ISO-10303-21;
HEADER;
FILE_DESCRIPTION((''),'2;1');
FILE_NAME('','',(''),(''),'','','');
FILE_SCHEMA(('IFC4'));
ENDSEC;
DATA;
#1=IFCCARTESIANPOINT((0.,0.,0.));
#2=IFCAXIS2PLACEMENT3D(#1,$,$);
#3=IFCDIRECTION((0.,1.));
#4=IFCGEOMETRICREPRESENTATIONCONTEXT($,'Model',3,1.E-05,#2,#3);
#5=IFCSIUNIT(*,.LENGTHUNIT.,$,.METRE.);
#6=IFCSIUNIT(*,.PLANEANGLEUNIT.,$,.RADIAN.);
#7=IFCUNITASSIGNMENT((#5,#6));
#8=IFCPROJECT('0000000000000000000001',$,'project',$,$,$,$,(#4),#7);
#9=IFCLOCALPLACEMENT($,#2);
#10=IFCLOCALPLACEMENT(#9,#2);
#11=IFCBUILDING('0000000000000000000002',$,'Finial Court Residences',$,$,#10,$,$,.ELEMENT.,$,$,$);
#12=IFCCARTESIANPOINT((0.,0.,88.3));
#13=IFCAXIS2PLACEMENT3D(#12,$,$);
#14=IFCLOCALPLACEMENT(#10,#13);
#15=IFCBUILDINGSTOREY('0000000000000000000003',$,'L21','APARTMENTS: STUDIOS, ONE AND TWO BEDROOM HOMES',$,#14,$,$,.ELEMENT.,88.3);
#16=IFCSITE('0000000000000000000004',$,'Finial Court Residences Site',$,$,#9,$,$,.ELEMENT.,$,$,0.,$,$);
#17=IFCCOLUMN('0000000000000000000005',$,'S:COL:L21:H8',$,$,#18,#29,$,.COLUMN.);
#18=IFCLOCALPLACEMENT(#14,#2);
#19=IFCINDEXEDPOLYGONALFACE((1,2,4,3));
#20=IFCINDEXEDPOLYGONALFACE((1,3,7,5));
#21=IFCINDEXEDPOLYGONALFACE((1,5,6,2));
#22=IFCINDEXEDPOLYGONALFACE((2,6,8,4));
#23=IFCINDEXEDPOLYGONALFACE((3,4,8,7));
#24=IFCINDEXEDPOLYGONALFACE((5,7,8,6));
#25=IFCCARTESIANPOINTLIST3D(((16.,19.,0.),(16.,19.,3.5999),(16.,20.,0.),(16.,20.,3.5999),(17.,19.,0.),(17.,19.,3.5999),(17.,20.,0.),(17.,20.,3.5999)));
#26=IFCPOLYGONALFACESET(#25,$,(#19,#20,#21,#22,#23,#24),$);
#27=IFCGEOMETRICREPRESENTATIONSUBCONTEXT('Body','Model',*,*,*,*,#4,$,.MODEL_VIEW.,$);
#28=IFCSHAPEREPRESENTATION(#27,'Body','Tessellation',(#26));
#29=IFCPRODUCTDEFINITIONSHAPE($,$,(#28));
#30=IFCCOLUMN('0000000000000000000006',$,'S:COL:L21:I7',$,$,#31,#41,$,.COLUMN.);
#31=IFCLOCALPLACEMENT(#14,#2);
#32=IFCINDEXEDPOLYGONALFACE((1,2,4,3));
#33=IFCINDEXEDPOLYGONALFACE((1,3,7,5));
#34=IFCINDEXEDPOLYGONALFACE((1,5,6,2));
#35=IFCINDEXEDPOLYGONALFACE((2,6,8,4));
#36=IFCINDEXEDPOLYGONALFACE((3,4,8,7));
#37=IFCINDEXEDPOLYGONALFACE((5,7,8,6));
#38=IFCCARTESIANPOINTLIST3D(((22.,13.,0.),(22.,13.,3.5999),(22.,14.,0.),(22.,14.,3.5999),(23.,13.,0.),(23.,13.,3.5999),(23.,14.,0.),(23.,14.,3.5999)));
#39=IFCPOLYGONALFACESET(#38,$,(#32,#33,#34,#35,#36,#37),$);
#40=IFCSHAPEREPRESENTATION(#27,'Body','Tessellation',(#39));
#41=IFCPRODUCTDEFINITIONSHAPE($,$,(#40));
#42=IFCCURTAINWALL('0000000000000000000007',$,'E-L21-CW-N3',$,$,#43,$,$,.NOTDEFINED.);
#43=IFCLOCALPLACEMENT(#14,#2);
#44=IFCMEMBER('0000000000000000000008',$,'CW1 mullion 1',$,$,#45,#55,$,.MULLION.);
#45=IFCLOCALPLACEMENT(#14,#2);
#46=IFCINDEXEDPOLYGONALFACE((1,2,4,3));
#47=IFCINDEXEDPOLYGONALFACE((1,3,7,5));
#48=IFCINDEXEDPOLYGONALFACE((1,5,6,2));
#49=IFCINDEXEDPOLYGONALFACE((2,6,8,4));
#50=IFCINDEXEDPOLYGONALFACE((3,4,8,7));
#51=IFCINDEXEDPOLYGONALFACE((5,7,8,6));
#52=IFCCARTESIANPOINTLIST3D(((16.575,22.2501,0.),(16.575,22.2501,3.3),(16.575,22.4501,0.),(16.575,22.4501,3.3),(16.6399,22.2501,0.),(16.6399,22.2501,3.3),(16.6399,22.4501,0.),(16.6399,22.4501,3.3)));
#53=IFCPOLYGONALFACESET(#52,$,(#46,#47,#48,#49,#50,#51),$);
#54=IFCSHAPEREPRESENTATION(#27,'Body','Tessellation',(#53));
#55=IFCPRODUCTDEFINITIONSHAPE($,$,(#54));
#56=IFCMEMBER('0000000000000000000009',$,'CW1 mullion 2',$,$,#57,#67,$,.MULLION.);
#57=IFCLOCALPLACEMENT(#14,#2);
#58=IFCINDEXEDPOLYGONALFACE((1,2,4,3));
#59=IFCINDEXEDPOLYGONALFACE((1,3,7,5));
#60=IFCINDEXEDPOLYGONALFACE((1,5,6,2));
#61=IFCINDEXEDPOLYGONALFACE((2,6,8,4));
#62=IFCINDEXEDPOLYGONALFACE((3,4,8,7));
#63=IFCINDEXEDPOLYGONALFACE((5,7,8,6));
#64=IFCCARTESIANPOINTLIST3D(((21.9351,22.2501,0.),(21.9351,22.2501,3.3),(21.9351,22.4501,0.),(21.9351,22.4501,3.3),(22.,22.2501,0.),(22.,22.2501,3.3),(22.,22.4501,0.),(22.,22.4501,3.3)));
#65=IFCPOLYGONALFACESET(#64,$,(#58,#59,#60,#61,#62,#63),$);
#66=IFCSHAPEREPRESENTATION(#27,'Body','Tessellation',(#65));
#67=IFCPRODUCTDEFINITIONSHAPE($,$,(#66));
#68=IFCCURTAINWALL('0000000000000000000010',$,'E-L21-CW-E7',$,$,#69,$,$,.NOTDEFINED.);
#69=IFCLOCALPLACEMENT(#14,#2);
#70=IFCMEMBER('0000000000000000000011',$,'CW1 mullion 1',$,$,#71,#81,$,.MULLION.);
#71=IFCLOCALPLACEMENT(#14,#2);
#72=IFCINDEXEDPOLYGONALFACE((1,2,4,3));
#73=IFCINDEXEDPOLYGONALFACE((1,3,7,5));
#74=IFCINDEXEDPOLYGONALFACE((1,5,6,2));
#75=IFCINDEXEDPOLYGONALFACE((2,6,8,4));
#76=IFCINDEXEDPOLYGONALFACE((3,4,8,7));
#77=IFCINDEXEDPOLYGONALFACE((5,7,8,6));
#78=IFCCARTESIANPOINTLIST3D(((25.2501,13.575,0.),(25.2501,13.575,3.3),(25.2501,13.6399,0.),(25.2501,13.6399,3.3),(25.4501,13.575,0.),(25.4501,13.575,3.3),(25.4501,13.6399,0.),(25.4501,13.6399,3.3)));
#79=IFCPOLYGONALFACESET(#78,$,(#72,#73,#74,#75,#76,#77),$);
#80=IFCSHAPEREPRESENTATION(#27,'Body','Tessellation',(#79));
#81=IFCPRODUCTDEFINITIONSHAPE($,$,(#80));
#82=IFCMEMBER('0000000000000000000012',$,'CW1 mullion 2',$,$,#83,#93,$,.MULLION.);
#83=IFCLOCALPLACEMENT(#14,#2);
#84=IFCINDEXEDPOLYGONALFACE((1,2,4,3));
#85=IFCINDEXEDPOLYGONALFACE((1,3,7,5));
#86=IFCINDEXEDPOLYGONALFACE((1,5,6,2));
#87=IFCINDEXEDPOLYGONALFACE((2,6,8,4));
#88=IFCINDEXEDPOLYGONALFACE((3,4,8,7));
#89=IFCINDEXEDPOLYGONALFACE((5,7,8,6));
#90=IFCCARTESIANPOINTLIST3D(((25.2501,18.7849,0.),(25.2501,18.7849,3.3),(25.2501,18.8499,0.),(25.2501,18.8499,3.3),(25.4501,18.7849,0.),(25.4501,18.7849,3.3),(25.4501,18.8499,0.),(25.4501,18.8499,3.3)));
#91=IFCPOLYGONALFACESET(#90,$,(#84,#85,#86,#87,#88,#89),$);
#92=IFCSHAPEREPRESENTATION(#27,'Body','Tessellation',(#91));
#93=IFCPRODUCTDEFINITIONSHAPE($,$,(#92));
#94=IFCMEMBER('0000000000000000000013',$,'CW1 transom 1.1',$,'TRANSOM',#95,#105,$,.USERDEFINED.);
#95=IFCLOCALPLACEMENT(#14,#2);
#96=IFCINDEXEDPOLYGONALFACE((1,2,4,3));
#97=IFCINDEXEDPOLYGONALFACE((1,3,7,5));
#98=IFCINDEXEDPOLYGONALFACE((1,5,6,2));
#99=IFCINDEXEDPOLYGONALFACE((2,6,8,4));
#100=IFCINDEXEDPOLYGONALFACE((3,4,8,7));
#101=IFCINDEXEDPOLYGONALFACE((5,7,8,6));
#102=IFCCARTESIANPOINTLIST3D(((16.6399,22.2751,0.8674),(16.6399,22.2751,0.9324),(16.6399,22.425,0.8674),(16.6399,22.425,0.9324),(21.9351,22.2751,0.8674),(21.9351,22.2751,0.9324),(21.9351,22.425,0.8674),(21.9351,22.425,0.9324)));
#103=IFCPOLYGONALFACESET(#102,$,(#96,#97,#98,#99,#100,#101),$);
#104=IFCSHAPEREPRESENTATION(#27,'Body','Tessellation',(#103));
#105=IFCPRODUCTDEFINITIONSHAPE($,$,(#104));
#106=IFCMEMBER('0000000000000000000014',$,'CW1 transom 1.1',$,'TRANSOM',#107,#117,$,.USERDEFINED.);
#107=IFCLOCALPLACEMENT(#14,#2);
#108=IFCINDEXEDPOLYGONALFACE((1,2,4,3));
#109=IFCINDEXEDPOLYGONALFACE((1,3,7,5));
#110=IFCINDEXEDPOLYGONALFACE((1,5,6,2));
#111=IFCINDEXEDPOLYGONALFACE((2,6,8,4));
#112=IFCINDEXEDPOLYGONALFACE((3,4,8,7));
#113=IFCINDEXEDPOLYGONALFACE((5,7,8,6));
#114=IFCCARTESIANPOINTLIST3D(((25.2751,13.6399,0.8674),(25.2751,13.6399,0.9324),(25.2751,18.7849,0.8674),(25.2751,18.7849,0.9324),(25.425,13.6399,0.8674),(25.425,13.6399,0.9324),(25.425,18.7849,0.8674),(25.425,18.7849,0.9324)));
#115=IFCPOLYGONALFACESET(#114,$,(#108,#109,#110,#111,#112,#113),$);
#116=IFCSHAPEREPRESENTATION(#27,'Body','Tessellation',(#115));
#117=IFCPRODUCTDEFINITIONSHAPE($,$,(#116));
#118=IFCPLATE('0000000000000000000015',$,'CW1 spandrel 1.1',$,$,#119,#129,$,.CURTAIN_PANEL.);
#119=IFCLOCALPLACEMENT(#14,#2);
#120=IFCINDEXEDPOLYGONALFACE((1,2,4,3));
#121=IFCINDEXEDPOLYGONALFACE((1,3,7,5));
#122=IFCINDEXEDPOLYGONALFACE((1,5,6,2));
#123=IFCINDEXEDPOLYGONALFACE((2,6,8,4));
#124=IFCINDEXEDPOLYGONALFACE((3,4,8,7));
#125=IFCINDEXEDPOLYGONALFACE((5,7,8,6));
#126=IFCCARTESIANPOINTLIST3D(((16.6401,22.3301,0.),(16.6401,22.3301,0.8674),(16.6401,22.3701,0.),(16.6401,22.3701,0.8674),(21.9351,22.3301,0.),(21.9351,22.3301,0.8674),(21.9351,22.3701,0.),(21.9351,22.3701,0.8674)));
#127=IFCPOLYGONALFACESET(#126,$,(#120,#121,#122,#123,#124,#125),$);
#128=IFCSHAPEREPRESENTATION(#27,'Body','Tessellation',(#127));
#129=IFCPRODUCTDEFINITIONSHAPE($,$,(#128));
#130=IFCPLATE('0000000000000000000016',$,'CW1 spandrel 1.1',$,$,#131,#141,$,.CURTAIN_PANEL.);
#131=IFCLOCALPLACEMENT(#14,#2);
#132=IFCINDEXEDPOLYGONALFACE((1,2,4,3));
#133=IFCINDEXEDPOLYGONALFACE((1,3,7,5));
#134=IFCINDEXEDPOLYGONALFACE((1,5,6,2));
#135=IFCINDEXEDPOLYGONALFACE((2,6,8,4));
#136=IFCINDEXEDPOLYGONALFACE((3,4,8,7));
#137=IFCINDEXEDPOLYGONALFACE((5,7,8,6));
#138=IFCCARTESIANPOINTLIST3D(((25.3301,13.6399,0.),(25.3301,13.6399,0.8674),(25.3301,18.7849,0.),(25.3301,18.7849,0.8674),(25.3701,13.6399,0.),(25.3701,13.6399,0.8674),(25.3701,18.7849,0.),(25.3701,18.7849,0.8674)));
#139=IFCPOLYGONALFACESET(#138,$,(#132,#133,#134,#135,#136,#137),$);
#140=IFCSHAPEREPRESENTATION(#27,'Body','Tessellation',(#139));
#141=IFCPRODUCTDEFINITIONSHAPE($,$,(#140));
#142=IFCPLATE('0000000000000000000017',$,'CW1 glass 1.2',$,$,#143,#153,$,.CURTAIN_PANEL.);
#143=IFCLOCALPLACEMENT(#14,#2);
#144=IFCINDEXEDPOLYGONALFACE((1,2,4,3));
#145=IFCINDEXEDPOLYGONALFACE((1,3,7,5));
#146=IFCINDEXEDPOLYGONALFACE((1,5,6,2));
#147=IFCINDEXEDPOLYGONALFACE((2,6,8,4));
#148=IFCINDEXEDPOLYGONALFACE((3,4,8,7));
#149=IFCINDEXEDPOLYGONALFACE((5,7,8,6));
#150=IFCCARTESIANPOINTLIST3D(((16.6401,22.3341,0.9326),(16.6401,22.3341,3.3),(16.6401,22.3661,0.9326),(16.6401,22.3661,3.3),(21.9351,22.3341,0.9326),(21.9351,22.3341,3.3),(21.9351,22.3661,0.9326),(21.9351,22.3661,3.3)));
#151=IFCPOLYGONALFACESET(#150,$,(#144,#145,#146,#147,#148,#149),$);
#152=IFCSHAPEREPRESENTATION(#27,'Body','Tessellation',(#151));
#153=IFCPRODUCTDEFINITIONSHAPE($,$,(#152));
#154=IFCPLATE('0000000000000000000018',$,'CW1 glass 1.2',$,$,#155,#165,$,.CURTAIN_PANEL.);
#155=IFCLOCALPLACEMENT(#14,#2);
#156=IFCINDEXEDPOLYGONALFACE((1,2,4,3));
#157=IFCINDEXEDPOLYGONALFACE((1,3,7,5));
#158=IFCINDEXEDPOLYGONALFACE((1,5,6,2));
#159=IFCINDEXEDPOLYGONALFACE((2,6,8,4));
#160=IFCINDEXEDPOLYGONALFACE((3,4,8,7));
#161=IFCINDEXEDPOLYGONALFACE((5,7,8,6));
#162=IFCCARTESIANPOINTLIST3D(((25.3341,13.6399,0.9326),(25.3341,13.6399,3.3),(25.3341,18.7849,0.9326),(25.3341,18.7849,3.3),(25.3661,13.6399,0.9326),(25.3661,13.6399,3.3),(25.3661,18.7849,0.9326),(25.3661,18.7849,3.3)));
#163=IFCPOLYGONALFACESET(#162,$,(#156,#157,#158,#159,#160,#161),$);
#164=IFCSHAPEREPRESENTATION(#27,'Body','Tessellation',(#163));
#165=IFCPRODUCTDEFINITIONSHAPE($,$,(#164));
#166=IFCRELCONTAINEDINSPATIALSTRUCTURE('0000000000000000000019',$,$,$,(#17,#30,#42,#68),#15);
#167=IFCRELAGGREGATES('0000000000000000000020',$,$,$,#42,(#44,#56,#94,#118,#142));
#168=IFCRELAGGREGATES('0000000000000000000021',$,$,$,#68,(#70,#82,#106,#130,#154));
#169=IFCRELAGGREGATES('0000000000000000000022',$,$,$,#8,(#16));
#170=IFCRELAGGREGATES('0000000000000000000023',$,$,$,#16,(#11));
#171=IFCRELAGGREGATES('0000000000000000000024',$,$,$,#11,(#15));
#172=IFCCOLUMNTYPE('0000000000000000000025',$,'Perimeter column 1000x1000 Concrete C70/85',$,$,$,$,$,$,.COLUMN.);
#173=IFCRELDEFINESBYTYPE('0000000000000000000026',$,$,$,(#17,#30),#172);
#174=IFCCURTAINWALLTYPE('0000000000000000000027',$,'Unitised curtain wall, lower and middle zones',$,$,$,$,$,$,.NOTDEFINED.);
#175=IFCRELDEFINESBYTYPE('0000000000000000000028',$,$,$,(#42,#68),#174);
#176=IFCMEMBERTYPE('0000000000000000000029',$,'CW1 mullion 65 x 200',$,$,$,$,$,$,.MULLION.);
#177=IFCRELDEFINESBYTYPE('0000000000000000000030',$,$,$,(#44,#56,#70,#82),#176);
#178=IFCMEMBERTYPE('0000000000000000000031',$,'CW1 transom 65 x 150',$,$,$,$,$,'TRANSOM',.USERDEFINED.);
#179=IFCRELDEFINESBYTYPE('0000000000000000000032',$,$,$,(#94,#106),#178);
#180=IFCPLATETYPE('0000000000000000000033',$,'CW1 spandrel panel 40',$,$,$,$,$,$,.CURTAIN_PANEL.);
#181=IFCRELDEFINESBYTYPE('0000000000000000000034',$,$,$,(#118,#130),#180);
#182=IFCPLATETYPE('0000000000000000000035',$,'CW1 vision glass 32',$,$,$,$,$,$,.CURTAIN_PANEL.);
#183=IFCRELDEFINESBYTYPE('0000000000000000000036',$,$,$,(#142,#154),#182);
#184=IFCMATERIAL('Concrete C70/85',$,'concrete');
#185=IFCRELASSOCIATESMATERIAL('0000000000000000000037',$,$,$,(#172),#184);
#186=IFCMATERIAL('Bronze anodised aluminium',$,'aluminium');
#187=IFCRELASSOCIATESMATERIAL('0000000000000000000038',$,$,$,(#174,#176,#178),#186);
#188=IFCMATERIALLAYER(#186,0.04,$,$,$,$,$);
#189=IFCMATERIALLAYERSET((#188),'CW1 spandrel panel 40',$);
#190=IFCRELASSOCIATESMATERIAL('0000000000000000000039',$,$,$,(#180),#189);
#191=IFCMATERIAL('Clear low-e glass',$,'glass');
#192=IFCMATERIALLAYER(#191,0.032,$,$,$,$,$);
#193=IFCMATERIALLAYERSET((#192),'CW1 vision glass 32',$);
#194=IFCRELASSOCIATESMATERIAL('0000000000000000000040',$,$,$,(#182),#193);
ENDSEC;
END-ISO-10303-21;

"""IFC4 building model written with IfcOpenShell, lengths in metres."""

from ifc_helpers import new_model, si_unit, direction, frame, origin, origin_2d, place, context, subcontext, project, spatial, rectangle, extrude, material, layer, layer_set, material_profile, profile_set, type_object, element, aggregate, save


model = new_model("IFC4")

# Units and contexts
model_context = context("Model", 3, precision=1e-05, world=origin(), true_north=direction((0.0, 1.0)))
body_context = subcontext(model_context, "Body", "Model", "MODEL_VIEW")
ifc_project = project(units=[si_unit("LENGTHUNIT", "METRE"), si_unit("PLANEANGLEUNIT", "RADIAN")], contexts=[model_context])

# Site, building, storey
site_placement = place(None, origin())
site = spatial("IfcSite", under=ifc_project, at=site_placement, Name="Finial Court Residences Site", CompositionType="ELEMENT", RefElevation=0.0)
building_placement = place(site_placement, origin())
building = spatial("IfcBuilding", under=site, at=building_placement, Name="Finial Court Residences", CompositionType="ELEMENT")
storey_placement = place(building_placement, frame((0.0, 0.0, 88.3)))
storey = spatial("IfcBuildingStorey", under=building, at=storey_placement, Name="L21", Description="APARTMENTS: STUDIOS, ONE AND TWO BEDROOM HOMES", CompositionType="ELEMENT", Elevation=88.3)

# Columns
ifc_material_1 = material(Name="Concrete C70/85", Category="concrete")
ifc_material_profile_1 = material_profile(ifc_material_1, rectangle(XDim=1.0, YDim=1.0, at=origin_2d()), Name="1000x1000")
ifc_profile_set_1 = profile_set([ifc_material_profile_1], Name="Concrete C70/85")
column_type = type_object("IfcColumnType", Name="Perimeter column 1000x1000 Concrete C70/85", PredefinedType="COLUMN", material=ifc_profile_set_1)
for number, where, z_axis, x_axis, name in (
    (1, (16.5, 19.5, 0.0), (0.0, 0.0, 1.0), (1.0, 0.0, 0.0), "S:COL:L21:H8"),
    (2, (22.5, 13.5, 0.0), (0.0, 0.0, 1.0), (1.0, 0.0, 0.0), "S:COL:L21:I7"),
):
    element("IfcColumn", number, at=place(storey_placement, frame(where, z_axis=z_axis, x_axis=x_axis)), inside=storey, type_object=column_type, Name=name, PredefinedType="COLUMN", context=body_context, shape_type="SweptSolid", body=[
        extrude(rectangle(XDim=1.0, YDim=1.0, at=origin_2d()), origin(), (0.0, 0.0, 1.0), 3.5999),
    ])

# Curtain walls, members
ifc_material_2 = material(Name="Bronze anodised aluminium", Category="aluminium")
curtain_wall_type = type_object("IfcCurtainWallType", Name="Unitised curtain wall, lower and middle zones", PredefinedType="NOTDEFINED", material=ifc_material_2)
curtain_wall_1_placement = place(storey_placement, origin())
curtain_wall_1 = element("IfcCurtainWall", 3, at=curtain_wall_1_placement, inside=storey, type_object=curtain_wall_type, Name="E-L21-CW-N3", PredefinedType="NOTDEFINED")
ifc_material_profile_2 = material_profile(ifc_material_2, rectangle(XDim=0.2, YDim=0.0649, at=origin_2d()), Name="CW1 mullion 65 x 200")
ifc_profile_set_2 = profile_set([ifc_material_profile_2], Name="Bronze anodised aluminium")
member_type_1 = type_object("IfcMemberType", Name="CW1 mullion 65 x 200", PredefinedType="MULLION", material=ifc_profile_set_2)
member_1_placement = place(storey_placement, frame((16.6074, 22.3501, 0.0), z_axis=(0.0, 0.0, 1.0), x_axis=(0.0, 1.0, 0.0)))
member_1 = element("IfcMember", 4, at=member_1_placement, type_object=member_type_1, Name="CW1 mullion 1", PredefinedType="MULLION", context=body_context, shape_type="SweptSolid", body=[
    extrude(rectangle(XDim=0.2, YDim=0.0649, at=origin_2d()), origin(), (0.0, 0.0, 1.0), 3.3),
])
member_2_placement = place(storey_placement, frame((21.9675, 22.3501, 0.0), z_axis=(0.0, 0.0, 1.0), x_axis=(0.0, 1.0, 0.0)))
member_2 = element("IfcMember", 5, at=member_2_placement, type_object=member_type_1, Name="CW1 mullion 2", PredefinedType="MULLION", context=body_context, shape_type="SweptSolid", body=[
    extrude(rectangle(XDim=0.2, YDim=0.0649, at=origin_2d()), origin(), (0.0, 0.0, 1.0), 3.3),
])
curtain_wall_2_placement = place(storey_placement, origin())
curtain_wall_2 = element("IfcCurtainWall", 6, at=curtain_wall_2_placement, inside=storey, type_object=curtain_wall_type, Name="E-L21-CW-E7", PredefinedType="NOTDEFINED")
member_3_placement = place(storey_placement, frame((25.3501, 13.6074, 0.0), z_axis=(0.0, 0.0, 1.0), x_axis=(-1.0, 0.0, 0.0)))
member_3 = element("IfcMember", 7, at=member_3_placement, type_object=member_type_1, Name="CW1 mullion 1", PredefinedType="MULLION", context=body_context, shape_type="SweptSolid", body=[
    extrude(rectangle(XDim=0.2, YDim=0.0649, at=origin_2d()), origin(), (0.0, 0.0, 1.0), 3.3),
])
member_4_placement = place(storey_placement, frame((25.3501, 18.8174, 0.0), z_axis=(0.0, 0.0, 1.0), x_axis=(-1.0, 0.0, 0.0)))
member_4 = element("IfcMember", 8, at=member_4_placement, type_object=member_type_1, Name="CW1 mullion 2", PredefinedType="MULLION", context=body_context, shape_type="SweptSolid", body=[
    extrude(rectangle(XDim=0.2, YDim=0.0649, at=origin_2d()), origin(), (0.0, 0.0, 1.0), 3.3),
])

# Members
ifc_material_profile_3 = material_profile(ifc_material_2, rectangle(XDim=0.1499, YDim=0.0649, at=origin_2d()), Name="CW1 transom 65 x 150")
ifc_profile_set_3 = profile_set([ifc_material_profile_3], Name="Bronze anodised aluminium")
member_type_2 = type_object("IfcMemberType", Name="CW1 transom 65 x 150", ElementType="TRANSOM", PredefinedType="USERDEFINED", material=ifc_profile_set_3)
member_5_placement = place(storey_placement, frame((16.6399, 22.3501, 0.8999), z_axis=(1.0, 0.0, 0.0), x_axis=(0.0, 1.0, 0.0)))
member_5 = element("IfcMember", 9, at=member_5_placement, type_object=member_type_2, Name="CW1 transom 1.1", ObjectType="TRANSOM", PredefinedType="USERDEFINED", context=body_context, shape_type="SweptSolid", body=[
    extrude(rectangle(XDim=0.1499, YDim=0.0649, at=origin_2d()), origin(), (0.0, 0.0, 1.0), 5.2952),
])
member_6_placement = place(storey_placement, frame((25.3501, 13.6399, 0.8999), z_axis=(0.0, 1.0, 0.0), x_axis=(-1.0, 0.0, 0.0)))
member_6 = element("IfcMember", 10, at=member_6_placement, type_object=member_type_2, Name="CW1 transom 1.1", ObjectType="TRANSOM", PredefinedType="USERDEFINED", context=body_context, shape_type="SweptSolid", body=[
    extrude(rectangle(XDim=0.1499, YDim=0.0649, at=origin_2d()), origin(), (0.0, 0.0, 1.0), 5.145),
])

# Plates
ifc_layer_1 = layer(ifc_material_2, 0.04)
ifc_layer_set_1 = layer_set([ifc_layer_1], Name="CW1 spandrel panel 40")
plate_type_1 = type_object("IfcPlateType", Name="CW1 spandrel panel 40", PredefinedType="CURTAIN_PANEL", material=ifc_layer_set_1)
plate_1_placement = place(storey_placement, frame((19.2876, 22.3501, 0.0), z_axis=(0.0, 0.0, 1.0), x_axis=(1.0, 0.0, 0.0)))
plate_1 = element("IfcPlate", 11, at=plate_1_placement, type_object=plate_type_1, Name="CW1 spandrel 1.1", PredefinedType="CURTAIN_PANEL", context=body_context, shape_type="SweptSolid", body=[
    extrude(rectangle(XDim=5.2949, YDim=0.04, at=origin_2d()), origin(), (0.0, 0.0, 1.0), 0.8674),
])
plate_2_placement = place(storey_placement, frame((25.3501, 16.2124, 0.0), z_axis=(0.0, 0.0, 1.0), x_axis=(0.0, 1.0, 0.0)))
plate_2 = element("IfcPlate", 12, at=plate_2_placement, type_object=plate_type_1, Name="CW1 spandrel 1.1", PredefinedType="CURTAIN_PANEL", context=body_context, shape_type="SweptSolid", body=[
    extrude(rectangle(XDim=5.145, YDim=0.04, at=origin_2d()), origin(), (0.0, 0.0, 1.0), 0.8674),
])
ifc_material_3 = material(Name="Clear low-e glass", Category="glass")
ifc_layer_2 = layer(ifc_material_3, 0.032)
ifc_layer_set_2 = layer_set([ifc_layer_2], Name="CW1 vision glass 32")
plate_type_2 = type_object("IfcPlateType", Name="CW1 vision glass 32", PredefinedType="CURTAIN_PANEL", material=ifc_layer_set_2)
plate_3_placement = place(storey_placement, frame((19.2876, 22.3501, 0.9326), z_axis=(0.0, 0.0, 1.0), x_axis=(1.0, 0.0, 0.0)))
plate_3 = element("IfcPlate", 13, at=plate_3_placement, type_object=plate_type_2, Name="CW1 glass 1.2", PredefinedType="CURTAIN_PANEL", context=body_context, shape_type="SweptSolid", body=[
    extrude(rectangle(XDim=5.2949, YDim=0.032, at=origin_2d()), origin(), (0.0, 0.0, 1.0), 2.3674),
])
aggregate(curtain_wall_1, [member_1, member_2, member_5, plate_1, plate_3])
plate_4_placement = place(storey_placement, frame((25.3501, 16.2124, 0.9326), z_axis=(0.0, 0.0, 1.0), x_axis=(0.0, 1.0, 0.0)))
plate_4 = element("IfcPlate", 14, at=plate_4_placement, type_object=plate_type_2, Name="CW1 glass 1.2", PredefinedType="CURTAIN_PANEL", context=body_context, shape_type="SweptSolid", body=[
    extrude(rectangle(XDim=5.145, YDim=0.032, at=origin_2d()), origin(), (0.0, 0.0, 1.0), 2.3674),
])
aggregate(curtain_wall_2, [member_3, member_4, member_6, plate_2, plate_4])

save(model, "model.ifc")
